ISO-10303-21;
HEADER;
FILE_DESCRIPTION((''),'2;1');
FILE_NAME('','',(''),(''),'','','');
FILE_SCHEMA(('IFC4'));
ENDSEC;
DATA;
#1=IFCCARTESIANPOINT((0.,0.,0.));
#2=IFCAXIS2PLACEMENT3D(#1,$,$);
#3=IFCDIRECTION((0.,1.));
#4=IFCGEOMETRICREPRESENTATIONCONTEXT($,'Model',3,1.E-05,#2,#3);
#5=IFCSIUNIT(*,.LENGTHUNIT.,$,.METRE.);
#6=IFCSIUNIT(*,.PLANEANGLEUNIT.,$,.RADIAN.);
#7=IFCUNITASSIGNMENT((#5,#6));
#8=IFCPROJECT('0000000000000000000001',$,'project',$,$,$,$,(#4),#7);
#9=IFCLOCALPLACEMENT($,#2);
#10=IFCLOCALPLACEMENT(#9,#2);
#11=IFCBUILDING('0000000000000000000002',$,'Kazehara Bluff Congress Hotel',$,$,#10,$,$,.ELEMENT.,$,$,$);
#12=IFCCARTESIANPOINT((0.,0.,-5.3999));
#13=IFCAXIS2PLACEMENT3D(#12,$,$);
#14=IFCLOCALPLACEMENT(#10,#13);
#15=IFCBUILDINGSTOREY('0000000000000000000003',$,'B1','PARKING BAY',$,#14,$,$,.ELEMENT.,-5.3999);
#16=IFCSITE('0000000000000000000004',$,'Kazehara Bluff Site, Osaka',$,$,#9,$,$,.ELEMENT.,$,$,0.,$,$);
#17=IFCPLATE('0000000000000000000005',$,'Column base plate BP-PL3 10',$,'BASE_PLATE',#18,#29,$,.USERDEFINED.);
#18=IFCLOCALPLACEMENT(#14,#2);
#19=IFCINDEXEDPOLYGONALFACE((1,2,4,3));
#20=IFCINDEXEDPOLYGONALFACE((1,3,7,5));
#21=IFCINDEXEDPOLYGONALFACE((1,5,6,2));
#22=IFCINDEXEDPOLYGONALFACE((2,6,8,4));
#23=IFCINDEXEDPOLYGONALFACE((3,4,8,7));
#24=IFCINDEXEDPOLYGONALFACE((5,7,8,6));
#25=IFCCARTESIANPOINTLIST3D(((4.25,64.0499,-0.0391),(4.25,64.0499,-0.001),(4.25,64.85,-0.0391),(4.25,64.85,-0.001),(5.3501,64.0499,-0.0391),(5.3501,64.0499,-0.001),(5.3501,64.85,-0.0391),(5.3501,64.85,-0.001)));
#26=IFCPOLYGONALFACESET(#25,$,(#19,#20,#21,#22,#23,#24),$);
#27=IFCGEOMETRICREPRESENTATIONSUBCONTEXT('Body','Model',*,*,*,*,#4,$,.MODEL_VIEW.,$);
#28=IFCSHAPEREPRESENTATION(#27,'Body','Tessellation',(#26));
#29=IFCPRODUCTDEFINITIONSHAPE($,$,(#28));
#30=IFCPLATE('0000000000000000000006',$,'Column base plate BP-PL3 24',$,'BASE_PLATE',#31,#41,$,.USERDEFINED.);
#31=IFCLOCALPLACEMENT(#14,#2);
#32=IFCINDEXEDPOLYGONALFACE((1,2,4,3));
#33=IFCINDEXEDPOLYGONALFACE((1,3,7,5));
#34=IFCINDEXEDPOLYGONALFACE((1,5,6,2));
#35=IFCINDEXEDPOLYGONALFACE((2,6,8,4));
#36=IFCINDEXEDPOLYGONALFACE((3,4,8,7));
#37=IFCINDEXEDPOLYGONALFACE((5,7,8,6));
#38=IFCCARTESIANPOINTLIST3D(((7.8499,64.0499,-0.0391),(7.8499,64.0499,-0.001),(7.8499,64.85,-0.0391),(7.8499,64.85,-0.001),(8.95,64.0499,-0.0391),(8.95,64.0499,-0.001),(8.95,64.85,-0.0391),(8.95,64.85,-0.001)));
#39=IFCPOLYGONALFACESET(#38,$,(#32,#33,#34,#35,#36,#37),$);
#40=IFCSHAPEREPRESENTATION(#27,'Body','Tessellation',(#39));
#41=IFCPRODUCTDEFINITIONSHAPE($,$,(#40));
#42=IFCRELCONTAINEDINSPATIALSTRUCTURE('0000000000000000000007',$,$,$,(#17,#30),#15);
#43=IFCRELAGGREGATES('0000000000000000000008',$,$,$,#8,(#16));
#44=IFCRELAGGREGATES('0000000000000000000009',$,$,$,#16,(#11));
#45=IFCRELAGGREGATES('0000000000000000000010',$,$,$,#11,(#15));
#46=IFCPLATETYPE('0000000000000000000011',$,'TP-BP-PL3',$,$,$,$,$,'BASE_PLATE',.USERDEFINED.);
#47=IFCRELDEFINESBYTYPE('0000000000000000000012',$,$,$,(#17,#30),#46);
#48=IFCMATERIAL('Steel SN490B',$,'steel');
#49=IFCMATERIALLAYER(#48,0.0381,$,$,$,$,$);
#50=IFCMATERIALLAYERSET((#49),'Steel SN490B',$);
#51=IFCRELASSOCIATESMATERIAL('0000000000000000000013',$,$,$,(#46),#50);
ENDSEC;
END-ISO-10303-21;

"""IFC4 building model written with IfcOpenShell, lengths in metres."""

from ifc_helpers import new_model, si_unit, direction, frame, origin, origin_2d, place, context, subcontext, project, spatial, rectangle, extrude, material, layer, layer_set, type_object, element, save


model = new_model("IFC4")

# Units and contexts
model_context = context("Model", 3, precision=1e-05, world=origin(), true_north=direction((0.0, 1.0)))
body_context = subcontext(model_context, "Body", "Model", "MODEL_VIEW")
ifc_project = project(units=[si_unit("LENGTHUNIT", "METRE"), si_unit("PLANEANGLEUNIT", "RADIAN")], contexts=[model_context])

# Site, building, storey
site_placement = place(None, origin())
site = spatial("IfcSite", under=ifc_project, at=site_placement, Name="Kazehara Bluff Site, Osaka", CompositionType="ELEMENT", RefElevation=0.0)
building_placement = place(site_placement, origin())
building = spatial("IfcBuilding", under=site, at=building_placement, Name="Kazehara Bluff Congress Hotel", CompositionType="ELEMENT")
storey_placement = place(building_placement, frame((0.0, 0.0, -5.3999)))
storey = spatial("IfcBuildingStorey", under=building, at=storey_placement, Name="B1", Description="PARKING BAY", CompositionType="ELEMENT", Elevation=-5.3999)

# Plates
ifc_material_1 = material(Name="Steel SN490B", Category="steel")
ifc_layer_1 = layer(ifc_material_1, 0.0381)
ifc_layer_set_1 = layer_set([ifc_layer_1], Name="Steel SN490B")
plate_type = type_object("IfcPlateType", Name="TP-BP-PL3", ElementType="BASE_PLATE", PredefinedType="USERDEFINED", material=ifc_layer_set_1)
for number, where, z_axis, x_axis, name in (
    (1, (4.8, 64.45, -0.0391), (0.0, 0.0, 1.0), (1.0, 0.0, 0.0), "Column base plate BP-PL3 10"),
    (2, (8.3999, 64.45, -0.0391), (0.0, 0.0, 1.0), (1.0, 0.0, 0.0), "Column base plate BP-PL3 24"),
):
    element("IfcPlate", number, at=place(storey_placement, frame(where, z_axis=z_axis, x_axis=x_axis)), inside=storey, type_object=plate_type, Name=name, ObjectType="BASE_PLATE", PredefinedType="USERDEFINED", context=body_context, shape_type="SweptSolid", body=[
        extrude(rectangle(XDim=1.1001, YDim=0.8, at=origin_2d()), origin(), (0.0, 0.0, 1.0), 0.0381),
    ])

save(model, "model.ifc")
